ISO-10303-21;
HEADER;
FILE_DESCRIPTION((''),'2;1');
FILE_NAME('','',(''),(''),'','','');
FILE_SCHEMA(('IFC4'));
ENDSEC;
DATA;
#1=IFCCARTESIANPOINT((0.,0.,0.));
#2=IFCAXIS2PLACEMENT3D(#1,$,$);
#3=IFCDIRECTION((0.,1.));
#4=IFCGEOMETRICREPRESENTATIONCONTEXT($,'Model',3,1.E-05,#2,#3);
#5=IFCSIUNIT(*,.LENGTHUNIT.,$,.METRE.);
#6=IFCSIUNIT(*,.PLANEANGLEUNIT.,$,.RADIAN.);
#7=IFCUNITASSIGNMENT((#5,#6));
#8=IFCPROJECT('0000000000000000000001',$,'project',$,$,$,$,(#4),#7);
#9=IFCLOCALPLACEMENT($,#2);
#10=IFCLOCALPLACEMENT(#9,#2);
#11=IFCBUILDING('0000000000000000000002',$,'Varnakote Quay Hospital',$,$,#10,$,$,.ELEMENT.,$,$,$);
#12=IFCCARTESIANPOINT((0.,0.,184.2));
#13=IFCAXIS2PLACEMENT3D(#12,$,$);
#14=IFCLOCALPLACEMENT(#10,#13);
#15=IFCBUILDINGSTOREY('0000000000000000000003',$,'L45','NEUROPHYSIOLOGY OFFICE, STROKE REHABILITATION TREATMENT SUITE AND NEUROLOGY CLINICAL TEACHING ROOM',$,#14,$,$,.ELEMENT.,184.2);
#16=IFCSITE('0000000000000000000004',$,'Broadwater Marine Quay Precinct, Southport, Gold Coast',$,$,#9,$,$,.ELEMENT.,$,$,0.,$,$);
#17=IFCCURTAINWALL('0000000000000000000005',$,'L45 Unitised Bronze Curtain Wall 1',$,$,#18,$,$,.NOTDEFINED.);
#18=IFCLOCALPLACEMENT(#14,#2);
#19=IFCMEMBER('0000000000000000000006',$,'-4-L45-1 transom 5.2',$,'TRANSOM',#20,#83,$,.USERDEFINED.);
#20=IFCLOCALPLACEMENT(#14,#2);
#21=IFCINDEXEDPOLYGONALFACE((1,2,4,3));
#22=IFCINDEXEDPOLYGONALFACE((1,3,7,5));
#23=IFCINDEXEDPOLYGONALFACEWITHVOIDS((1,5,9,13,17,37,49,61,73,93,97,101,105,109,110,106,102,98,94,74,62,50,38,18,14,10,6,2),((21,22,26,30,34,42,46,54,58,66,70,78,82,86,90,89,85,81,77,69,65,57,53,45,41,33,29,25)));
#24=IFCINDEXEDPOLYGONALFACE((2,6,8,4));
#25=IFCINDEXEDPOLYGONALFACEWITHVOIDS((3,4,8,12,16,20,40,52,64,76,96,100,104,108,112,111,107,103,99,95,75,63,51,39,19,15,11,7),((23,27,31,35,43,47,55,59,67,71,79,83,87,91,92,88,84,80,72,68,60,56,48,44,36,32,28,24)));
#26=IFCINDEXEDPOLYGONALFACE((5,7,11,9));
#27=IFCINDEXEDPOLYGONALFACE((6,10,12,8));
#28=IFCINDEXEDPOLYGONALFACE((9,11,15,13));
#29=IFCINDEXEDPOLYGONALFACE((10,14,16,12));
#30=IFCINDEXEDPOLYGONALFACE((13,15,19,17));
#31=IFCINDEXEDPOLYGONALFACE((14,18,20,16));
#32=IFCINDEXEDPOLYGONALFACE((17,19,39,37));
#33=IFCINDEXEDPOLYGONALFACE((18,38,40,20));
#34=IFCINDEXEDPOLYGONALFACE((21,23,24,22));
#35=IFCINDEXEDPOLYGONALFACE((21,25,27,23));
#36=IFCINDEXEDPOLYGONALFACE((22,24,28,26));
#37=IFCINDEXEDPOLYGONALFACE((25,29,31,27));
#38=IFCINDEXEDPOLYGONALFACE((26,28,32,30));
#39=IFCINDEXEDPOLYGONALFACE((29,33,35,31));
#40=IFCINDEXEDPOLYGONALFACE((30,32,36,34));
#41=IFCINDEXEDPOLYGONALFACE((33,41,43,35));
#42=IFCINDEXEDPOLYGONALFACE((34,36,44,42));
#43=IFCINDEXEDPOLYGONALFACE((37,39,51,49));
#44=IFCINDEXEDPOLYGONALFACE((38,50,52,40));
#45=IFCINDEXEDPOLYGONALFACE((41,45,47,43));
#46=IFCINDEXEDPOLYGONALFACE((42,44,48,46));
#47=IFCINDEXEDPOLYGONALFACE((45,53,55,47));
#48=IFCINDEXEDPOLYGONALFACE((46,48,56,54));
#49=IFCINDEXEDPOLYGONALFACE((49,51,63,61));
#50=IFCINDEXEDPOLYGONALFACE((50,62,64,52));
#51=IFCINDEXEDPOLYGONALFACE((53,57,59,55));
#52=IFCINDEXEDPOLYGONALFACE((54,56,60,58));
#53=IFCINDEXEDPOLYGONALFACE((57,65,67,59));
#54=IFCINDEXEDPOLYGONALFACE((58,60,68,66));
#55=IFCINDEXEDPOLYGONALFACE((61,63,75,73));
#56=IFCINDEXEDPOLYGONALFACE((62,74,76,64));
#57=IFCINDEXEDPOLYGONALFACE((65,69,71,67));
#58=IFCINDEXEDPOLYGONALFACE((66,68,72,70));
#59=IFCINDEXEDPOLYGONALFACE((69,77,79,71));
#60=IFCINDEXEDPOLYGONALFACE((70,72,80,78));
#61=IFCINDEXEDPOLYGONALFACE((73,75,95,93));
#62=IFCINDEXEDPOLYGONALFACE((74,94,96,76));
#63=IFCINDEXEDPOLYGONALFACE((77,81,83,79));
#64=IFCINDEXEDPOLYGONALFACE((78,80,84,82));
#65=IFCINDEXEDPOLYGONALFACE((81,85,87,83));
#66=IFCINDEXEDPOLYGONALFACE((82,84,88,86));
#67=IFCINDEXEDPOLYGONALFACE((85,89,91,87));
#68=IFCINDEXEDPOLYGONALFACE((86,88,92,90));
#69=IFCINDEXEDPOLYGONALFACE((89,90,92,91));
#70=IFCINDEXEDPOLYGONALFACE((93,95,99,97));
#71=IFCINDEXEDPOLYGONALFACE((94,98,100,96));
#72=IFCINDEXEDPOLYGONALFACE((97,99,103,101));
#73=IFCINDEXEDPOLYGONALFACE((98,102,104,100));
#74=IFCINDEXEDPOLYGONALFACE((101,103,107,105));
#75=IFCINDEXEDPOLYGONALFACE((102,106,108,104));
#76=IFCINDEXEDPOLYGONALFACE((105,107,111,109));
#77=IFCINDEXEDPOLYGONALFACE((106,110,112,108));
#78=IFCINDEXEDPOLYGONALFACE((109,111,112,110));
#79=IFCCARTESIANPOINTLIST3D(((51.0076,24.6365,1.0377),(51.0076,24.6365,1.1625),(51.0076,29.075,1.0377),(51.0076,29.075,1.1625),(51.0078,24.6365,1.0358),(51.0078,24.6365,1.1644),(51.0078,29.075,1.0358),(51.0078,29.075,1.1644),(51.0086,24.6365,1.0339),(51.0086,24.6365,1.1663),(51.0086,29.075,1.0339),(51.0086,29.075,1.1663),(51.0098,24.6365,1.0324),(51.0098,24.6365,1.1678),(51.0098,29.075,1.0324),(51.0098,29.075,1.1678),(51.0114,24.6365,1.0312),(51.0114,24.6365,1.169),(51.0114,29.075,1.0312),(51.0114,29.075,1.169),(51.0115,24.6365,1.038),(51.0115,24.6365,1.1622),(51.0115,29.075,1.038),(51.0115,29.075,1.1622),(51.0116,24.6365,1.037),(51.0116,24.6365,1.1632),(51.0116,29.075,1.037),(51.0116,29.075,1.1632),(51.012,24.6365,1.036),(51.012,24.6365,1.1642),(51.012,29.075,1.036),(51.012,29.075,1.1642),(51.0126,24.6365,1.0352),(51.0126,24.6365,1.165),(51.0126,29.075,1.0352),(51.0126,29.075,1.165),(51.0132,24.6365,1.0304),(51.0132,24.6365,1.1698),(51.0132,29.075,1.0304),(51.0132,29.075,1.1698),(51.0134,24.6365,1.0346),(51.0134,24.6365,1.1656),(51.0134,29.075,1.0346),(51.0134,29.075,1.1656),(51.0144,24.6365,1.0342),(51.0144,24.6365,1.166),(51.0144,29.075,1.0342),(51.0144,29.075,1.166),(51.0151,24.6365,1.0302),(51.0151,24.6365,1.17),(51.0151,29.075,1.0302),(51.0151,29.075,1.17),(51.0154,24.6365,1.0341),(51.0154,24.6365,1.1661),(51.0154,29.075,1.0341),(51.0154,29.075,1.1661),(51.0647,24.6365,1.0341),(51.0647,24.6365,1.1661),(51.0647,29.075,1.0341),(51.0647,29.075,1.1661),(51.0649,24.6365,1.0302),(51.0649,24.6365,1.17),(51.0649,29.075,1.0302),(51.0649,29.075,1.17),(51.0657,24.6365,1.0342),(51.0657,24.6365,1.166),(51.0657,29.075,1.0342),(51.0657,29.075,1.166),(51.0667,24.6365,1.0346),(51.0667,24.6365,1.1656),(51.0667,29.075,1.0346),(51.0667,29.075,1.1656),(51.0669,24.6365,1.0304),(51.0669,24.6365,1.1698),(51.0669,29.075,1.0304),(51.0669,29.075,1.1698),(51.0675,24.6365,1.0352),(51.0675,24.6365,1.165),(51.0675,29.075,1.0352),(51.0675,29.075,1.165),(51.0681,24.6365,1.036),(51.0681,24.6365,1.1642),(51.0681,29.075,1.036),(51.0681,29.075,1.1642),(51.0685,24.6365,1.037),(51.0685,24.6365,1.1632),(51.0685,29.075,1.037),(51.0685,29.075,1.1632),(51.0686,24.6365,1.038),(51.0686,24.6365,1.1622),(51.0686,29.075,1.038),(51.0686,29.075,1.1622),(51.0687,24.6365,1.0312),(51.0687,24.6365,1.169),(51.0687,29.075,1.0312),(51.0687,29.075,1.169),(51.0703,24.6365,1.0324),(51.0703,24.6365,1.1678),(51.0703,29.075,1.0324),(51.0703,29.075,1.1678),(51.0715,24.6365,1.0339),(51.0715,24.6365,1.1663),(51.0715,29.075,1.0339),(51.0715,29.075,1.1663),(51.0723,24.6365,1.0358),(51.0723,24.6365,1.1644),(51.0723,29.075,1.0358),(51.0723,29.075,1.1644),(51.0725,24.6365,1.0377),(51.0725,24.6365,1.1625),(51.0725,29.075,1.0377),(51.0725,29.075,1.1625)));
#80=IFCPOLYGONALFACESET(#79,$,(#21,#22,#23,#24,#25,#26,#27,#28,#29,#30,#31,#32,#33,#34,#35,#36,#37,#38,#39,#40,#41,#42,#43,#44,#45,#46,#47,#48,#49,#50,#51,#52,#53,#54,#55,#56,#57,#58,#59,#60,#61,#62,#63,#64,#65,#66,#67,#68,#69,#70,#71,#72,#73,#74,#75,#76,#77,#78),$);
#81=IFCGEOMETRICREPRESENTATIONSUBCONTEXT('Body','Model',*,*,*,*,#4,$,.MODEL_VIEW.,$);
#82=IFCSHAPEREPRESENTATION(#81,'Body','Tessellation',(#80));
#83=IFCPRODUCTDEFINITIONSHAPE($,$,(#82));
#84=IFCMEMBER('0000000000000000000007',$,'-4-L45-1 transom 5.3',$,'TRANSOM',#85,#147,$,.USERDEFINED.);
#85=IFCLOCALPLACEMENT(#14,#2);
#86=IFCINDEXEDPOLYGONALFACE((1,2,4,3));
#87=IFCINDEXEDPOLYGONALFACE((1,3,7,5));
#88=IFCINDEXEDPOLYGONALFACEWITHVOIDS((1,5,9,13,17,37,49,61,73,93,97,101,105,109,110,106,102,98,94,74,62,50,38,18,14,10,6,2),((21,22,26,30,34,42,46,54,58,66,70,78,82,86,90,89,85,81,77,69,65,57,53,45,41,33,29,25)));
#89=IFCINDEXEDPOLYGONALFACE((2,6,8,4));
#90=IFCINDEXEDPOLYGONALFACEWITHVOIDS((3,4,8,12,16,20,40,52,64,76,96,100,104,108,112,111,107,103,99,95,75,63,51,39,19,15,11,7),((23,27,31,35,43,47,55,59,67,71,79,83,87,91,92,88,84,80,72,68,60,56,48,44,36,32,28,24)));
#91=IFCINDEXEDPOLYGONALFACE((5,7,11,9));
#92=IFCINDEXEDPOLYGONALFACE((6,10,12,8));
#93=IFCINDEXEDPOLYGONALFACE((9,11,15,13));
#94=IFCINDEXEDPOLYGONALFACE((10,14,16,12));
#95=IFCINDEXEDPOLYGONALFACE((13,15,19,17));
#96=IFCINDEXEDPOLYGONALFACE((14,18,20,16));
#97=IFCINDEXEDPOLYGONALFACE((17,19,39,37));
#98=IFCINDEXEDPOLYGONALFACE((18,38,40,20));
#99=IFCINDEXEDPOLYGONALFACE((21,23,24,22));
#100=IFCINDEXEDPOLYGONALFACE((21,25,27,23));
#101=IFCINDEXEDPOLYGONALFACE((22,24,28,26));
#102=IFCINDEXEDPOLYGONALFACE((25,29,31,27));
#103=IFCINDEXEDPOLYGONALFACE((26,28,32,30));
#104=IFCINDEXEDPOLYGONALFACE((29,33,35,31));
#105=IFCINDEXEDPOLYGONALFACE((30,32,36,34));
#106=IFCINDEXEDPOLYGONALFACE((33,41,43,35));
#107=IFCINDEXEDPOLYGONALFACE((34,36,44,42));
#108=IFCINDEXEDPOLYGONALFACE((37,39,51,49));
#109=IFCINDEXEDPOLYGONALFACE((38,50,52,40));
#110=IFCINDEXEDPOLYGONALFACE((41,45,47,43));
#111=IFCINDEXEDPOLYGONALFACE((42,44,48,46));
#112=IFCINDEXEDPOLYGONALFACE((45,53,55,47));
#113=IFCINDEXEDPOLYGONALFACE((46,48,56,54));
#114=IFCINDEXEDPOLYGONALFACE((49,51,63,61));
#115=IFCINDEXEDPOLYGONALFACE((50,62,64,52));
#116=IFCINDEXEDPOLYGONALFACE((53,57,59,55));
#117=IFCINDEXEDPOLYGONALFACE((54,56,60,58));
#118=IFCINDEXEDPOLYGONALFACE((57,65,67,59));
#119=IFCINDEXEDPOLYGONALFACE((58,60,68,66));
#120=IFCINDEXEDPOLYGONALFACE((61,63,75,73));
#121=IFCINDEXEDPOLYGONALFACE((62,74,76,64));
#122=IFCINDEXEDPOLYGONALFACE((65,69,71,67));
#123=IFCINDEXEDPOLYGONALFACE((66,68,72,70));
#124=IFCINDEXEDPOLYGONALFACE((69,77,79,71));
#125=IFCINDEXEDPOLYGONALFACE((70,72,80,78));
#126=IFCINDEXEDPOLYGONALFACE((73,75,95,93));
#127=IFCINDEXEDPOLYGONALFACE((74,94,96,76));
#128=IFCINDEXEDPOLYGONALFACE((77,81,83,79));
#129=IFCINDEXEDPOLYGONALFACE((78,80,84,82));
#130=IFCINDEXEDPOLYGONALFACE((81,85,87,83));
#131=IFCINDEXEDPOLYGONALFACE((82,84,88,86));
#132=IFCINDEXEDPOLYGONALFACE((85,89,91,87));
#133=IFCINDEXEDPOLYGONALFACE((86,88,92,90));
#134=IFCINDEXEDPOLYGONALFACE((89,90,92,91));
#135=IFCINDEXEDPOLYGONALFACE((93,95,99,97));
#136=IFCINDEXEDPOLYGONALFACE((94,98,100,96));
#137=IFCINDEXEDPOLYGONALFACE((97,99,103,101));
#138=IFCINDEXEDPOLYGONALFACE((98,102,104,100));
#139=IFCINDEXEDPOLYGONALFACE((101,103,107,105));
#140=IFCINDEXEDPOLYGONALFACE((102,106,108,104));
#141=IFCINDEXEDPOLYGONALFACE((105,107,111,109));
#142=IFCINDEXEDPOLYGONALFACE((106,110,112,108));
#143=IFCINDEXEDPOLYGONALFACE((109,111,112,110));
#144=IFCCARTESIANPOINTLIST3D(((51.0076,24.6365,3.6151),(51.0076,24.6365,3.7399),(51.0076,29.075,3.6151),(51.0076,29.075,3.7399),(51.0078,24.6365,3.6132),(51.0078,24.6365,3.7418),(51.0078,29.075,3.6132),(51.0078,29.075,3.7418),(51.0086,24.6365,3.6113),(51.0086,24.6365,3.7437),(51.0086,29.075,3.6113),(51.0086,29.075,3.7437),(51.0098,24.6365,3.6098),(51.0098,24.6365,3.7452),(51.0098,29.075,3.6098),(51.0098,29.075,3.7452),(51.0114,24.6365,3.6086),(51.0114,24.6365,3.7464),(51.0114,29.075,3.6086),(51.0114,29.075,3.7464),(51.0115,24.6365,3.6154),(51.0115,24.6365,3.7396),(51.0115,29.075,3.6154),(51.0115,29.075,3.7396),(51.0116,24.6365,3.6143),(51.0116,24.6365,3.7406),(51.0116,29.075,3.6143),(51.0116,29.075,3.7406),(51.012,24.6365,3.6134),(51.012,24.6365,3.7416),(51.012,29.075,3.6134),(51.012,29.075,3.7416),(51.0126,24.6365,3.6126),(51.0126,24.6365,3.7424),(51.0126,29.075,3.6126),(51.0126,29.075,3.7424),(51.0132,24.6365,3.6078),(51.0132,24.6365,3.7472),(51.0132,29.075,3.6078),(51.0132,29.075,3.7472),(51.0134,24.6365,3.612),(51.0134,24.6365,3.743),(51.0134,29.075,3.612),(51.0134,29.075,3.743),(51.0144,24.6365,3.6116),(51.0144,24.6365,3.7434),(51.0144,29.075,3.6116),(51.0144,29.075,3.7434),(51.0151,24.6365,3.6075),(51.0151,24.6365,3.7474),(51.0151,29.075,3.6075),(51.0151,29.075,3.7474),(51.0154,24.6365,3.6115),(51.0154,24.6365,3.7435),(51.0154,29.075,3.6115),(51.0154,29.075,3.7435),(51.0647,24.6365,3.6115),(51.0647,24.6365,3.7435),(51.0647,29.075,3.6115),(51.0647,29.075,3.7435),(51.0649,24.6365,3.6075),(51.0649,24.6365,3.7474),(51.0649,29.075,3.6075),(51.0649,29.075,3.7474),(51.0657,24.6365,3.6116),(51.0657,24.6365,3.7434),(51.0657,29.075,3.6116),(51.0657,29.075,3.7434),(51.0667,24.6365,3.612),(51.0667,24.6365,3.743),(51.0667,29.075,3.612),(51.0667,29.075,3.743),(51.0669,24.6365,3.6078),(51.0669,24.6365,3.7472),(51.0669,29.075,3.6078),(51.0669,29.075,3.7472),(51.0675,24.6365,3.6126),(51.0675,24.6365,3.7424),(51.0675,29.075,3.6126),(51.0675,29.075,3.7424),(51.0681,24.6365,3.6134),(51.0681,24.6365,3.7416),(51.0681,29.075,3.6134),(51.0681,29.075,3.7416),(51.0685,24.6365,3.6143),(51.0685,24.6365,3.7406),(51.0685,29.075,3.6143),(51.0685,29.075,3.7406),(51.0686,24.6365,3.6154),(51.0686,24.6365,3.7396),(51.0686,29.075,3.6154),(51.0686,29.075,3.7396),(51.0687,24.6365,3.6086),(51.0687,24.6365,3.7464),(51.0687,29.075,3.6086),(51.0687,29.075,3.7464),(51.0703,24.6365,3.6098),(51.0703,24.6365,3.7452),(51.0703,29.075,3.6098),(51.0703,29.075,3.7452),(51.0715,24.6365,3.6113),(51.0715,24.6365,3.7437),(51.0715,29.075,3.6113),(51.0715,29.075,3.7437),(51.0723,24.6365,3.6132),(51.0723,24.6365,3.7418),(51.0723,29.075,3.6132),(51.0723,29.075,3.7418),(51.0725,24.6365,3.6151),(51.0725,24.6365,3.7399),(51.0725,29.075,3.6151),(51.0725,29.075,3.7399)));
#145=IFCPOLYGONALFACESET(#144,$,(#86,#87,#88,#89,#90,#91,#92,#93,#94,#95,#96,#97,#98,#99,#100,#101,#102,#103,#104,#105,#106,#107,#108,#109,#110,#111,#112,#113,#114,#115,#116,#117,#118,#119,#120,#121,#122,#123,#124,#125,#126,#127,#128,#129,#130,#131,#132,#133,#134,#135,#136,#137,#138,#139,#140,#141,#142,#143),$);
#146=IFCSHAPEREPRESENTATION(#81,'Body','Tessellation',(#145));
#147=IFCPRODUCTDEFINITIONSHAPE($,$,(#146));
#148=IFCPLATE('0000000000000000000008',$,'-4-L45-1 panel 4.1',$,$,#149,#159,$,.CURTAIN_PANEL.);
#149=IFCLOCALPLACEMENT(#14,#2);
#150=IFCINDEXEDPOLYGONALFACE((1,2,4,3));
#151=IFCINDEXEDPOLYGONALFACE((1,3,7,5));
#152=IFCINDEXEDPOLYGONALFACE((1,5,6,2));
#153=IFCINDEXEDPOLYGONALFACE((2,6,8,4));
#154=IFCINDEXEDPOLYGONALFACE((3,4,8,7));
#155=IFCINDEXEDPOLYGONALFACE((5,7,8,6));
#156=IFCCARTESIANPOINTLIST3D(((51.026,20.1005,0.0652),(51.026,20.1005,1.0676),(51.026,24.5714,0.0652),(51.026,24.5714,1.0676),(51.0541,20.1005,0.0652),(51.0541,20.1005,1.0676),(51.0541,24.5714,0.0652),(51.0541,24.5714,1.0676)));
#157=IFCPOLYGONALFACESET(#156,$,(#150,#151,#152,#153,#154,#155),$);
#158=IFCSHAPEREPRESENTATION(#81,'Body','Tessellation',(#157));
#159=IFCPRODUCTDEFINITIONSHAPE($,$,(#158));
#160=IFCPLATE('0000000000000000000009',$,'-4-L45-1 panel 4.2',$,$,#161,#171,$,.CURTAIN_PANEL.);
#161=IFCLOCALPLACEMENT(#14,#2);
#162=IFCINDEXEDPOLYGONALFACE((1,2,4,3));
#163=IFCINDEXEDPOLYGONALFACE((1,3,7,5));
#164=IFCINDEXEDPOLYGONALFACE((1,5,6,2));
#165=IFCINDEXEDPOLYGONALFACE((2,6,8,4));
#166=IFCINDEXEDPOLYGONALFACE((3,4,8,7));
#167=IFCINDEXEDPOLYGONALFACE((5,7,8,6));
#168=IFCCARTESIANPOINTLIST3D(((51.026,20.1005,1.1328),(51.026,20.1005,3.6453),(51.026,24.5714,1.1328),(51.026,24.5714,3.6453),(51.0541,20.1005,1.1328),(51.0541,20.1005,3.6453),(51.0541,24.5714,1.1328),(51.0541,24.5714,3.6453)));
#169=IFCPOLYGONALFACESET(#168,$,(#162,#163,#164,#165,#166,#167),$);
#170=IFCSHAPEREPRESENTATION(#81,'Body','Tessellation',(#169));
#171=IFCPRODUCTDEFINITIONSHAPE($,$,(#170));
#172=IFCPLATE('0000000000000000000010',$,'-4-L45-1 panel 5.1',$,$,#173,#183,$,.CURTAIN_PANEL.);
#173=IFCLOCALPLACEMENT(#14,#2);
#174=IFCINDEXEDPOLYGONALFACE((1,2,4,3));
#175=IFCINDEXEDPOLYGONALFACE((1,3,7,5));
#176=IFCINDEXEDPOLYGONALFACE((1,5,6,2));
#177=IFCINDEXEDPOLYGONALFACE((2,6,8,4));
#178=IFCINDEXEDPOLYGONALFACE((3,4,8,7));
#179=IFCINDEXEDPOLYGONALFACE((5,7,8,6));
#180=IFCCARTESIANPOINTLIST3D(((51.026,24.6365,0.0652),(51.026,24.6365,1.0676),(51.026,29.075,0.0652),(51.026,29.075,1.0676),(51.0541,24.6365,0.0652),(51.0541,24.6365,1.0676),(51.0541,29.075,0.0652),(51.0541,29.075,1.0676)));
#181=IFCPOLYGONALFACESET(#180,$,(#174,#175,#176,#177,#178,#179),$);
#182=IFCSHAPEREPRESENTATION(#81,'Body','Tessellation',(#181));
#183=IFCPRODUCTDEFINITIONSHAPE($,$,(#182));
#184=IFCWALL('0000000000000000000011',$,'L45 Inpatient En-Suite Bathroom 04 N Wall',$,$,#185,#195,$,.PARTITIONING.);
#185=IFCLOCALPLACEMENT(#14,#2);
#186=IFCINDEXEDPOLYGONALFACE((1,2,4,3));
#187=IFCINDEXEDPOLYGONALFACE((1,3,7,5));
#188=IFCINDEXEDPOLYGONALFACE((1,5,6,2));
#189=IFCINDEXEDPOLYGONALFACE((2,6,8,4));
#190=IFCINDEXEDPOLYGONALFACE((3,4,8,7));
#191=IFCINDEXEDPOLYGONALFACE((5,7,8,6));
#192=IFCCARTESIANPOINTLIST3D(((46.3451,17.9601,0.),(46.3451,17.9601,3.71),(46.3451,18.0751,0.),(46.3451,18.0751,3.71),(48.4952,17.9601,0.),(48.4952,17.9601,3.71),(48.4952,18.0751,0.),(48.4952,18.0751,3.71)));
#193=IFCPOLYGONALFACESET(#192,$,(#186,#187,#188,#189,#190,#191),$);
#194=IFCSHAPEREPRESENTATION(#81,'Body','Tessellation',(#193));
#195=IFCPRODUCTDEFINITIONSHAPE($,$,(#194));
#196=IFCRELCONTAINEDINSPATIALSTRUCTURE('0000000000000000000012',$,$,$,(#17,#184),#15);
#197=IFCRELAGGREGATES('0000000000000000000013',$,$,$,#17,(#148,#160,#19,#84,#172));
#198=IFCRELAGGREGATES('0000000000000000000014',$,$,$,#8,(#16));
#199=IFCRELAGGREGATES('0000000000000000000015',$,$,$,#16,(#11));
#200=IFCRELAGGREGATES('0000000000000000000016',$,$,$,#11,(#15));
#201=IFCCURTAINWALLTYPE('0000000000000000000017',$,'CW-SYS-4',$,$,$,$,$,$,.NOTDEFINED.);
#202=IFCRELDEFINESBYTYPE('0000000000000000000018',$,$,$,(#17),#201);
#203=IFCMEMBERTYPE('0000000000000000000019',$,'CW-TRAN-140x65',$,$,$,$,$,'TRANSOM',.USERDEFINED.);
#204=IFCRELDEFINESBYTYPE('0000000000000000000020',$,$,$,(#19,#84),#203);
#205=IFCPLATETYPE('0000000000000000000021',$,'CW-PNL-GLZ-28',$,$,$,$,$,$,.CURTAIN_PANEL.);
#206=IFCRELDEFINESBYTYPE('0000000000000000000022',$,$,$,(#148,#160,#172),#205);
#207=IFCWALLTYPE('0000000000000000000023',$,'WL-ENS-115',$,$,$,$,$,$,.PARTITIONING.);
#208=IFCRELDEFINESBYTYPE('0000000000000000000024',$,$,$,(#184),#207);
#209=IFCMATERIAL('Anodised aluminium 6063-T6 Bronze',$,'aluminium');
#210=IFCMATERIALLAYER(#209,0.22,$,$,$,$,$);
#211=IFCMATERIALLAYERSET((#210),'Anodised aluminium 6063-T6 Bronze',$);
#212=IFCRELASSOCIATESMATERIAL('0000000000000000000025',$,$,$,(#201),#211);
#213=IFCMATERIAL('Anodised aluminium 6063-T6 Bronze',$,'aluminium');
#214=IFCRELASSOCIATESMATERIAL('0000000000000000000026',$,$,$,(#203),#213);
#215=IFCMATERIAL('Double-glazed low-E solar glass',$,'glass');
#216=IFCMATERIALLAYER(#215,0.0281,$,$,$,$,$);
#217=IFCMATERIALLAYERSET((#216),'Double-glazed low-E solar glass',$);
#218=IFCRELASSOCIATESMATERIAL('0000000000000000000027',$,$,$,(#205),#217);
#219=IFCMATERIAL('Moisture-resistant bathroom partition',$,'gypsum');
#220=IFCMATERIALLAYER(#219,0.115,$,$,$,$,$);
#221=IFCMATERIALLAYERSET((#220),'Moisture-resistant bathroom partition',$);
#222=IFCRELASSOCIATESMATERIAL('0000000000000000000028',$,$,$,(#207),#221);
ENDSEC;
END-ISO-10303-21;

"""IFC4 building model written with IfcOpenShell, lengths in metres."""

from ifc_helpers import new_model, si_unit, direction, frame, frame_2d, origin, origin_2d, place, context, subcontext, project, spatial, rectangle, hollow_rectangle, extrude, material, layer, layer_set, material_profile, profile_set, type_object, element, aggregate, save


model = new_model("IFC4")

# Units and contexts
model_context = context("Model", 3, precision=1e-05, world=origin(), true_north=direction((0.0, 1.0)))
body_context = subcontext(model_context, "Body", "Model", "MODEL_VIEW")
ifc_project = project(units=[si_unit("LENGTHUNIT", "METRE"), si_unit("PLANEANGLEUNIT", "RADIAN")], contexts=[model_context])

# Site, building, storey
site_placement = place(None, origin())
site = spatial("IfcSite", under=ifc_project, at=site_placement, Name="Broadwater Marine Quay Precinct, Southport, Gold Coast", CompositionType="ELEMENT", RefElevation=0.0)
building_placement = place(site_placement, origin())
building = spatial("IfcBuilding", under=site, at=building_placement, Name="Varnakote Quay Hospital", CompositionType="ELEMENT")
storey_placement = place(building_placement, frame((0.0, 0.0, 184.2)))
storey = spatial("IfcBuildingStorey", under=building, at=storey_placement, Name="L45", Description="NEUROPHYSIOLOGY OFFICE, STROKE REHABILITATION TREATMENT SUITE AND NEUROLOGY CLINICAL TEACHING ROOM", CompositionType="ELEMENT", Elevation=184.2)

# Curtain wall, members, plates
ifc_material_1 = material(Name="Anodised aluminium 6063-T6 Bronze", Category="aluminium")
ifc_layer_1 = layer(ifc_material_1, 0.22)
ifc_layer_set_1 = layer_set([ifc_layer_1], Name="Anodised aluminium 6063-T6 Bronze")
curtain_wall_type = type_object("IfcCurtainWallType", Name="CW-SYS-4", PredefinedType="NOTDEFINED", material=ifc_layer_set_1)
curtain_wall_placement = place(storey_placement, origin())
curtain_wall = element("IfcCurtainWall", 1, at=curtain_wall_placement, inside=storey, type_object=curtain_wall_type, Name="L45 Unitised Bronze Curtain Wall 1", PredefinedType="NOTDEFINED")
ifc_material_2 = material(Name="Anodised aluminium 6063-T6 Bronze", Category="aluminium")
ifc_material_profile_1 = material_profile(ifc_material_2, hollow_rectangle(XDim=0.0649, YDim=0.1399, WallThickness=0.0039, InnerFilletRadius=0.0039, OuterFilletRadius=0.0076, at=origin_2d()), Name="CW-TRAN-140x65")
ifc_profile_set_1 = profile_set([ifc_material_profile_1], Name="Anodised aluminium 6063-T6 Bronze")
member_type_1 = type_object("IfcMemberType", Name="CW-TRAN-140x65", ElementType="TRANSOM", PredefinedType="USERDEFINED", material=ifc_profile_set_1)
member_1_placement = place(storey_placement, frame((51.04, 24.6365, 1.1001), z_axis=(0.0, 1.0, 0.0), x_axis=(-1.0, 0.0, 0.0)))
member_1 = element("IfcMember", 2, at=member_1_placement, type_object=member_type_1, Name="-4-L45-1 transom 5.2", ObjectType="TRANSOM", PredefinedType="USERDEFINED", context=body_context, shape_type="SweptSolid", body=[
    extrude(hollow_rectangle(XDim=0.0649, YDim=0.1399, WallThickness=0.0039, InnerFilletRadius=0.0039, OuterFilletRadius=0.0076, at=origin_2d()), origin(), (0.0, 0.0, 1.0), 4.4385),
])
member_2_placement = place(storey_placement, frame((51.04, 24.6365, 3.6775), z_axis=(0.0, 1.0, 0.0), x_axis=(-1.0, 0.0, 0.0)))
member_2 = element("IfcMember", 3, at=member_2_placement, type_object=member_type_1, Name="-4-L45-1 transom 5.3", ObjectType="TRANSOM", PredefinedType="USERDEFINED", context=body_context, shape_type="SweptSolid", body=[
    extrude(hollow_rectangle(XDim=0.0649, YDim=0.1399, WallThickness=0.0039, InnerFilletRadius=0.0039, OuterFilletRadius=0.0076, at=origin_2d()), origin(), (0.0, 0.0, 1.0), 4.4385),
])
ifc_material_3 = material(Name="Double-glazed low-E solar glass", Category="glass")
ifc_layer_2 = layer(ifc_material_3, 0.0281)
ifc_layer_set_2 = layer_set([ifc_layer_2], Name="Double-glazed low-E solar glass")
plate_type = type_object("IfcPlateType", Name="CW-PNL-GLZ-28", PredefinedType="CURTAIN_PANEL", material=ifc_layer_set_2)
plate_1_placement = place(storey_placement, frame((51.04, 22.3359, 0.0652), z_axis=(0.0, 0.0, 1.0), x_axis=(0.0, 1.0, 0.0)))
plate_1 = element("IfcPlate", 4, at=plate_1_placement, type_object=plate_type, Name="-4-L45-1 panel 4.1", PredefinedType="CURTAIN_PANEL", context=body_context, shape_type="SweptSolid", body=[
    extrude(rectangle(XDim=4.4709, YDim=0.0281, at=origin_2d()), origin(), (0.0, 0.0, 1.0), 1.0024),
])
plate_2_placement = place(storey_placement, frame((51.04, 22.3359, 1.1328), z_axis=(0.0, 0.0, 1.0), x_axis=(0.0, 1.0, 0.0)))
plate_2 = element("IfcPlate", 5, at=plate_2_placement, type_object=plate_type, Name="-4-L45-1 panel 4.2", PredefinedType="CURTAIN_PANEL", context=body_context, shape_type="SweptSolid", body=[
    extrude(rectangle(XDim=4.4709, YDim=0.0281, at=origin_2d()), origin(), (0.0, 0.0, 1.0), 2.5125),
])
plate_3_placement = place(storey_placement, frame((51.04, 26.8557, 0.0652), z_axis=(0.0, 0.0, 1.0), x_axis=(0.0, 1.0, 0.0)))
plate_3 = element("IfcPlate", 6, at=plate_3_placement, type_object=plate_type, Name="-4-L45-1 panel 5.1", PredefinedType="CURTAIN_PANEL", context=body_context, shape_type="SweptSolid", body=[
    extrude(rectangle(XDim=4.4385, YDim=0.0281, at=origin_2d()), origin(), (0.0, 0.0, 1.0), 1.0024),
])
aggregate(curtain_wall, [plate_1, plate_2, member_1, member_2, plate_3])

# Wall
ifc_material_4 = material(Name="Moisture-resistant bathroom partition", Category="gypsum")
ifc_layer_3 = layer(ifc_material_4, 0.115)
ifc_layer_set_3 = layer_set([ifc_layer_3], Name="Moisture-resistant bathroom partition")
wall_type_1 = type_object("IfcWallType", Name="WL-ENS-115", PredefinedType="PARTITIONING", material=ifc_layer_set_3)
wall_1_placement = place(storey_placement, frame((46.345, 18.0176, 0.0), z_axis=(0.0, 0.0, 1.0), x_axis=(1.0, 0.0, 0.0)))
element("IfcWall", 7, at=wall_1_placement, inside=storey, type_object=wall_type_1, Name="L45 Inpatient En-Suite Bathroom 04 N Wall", PredefinedType="PARTITIONING", context=body_context, shape_type="SweptSolid", body=[
    extrude(rectangle(XDim=2.1501, YDim=0.115, at=frame_2d((1.0752, 0.0))), origin(), (0.0, 0.0, 1.0), 3.71),
])

save(model, "model.ifc")
